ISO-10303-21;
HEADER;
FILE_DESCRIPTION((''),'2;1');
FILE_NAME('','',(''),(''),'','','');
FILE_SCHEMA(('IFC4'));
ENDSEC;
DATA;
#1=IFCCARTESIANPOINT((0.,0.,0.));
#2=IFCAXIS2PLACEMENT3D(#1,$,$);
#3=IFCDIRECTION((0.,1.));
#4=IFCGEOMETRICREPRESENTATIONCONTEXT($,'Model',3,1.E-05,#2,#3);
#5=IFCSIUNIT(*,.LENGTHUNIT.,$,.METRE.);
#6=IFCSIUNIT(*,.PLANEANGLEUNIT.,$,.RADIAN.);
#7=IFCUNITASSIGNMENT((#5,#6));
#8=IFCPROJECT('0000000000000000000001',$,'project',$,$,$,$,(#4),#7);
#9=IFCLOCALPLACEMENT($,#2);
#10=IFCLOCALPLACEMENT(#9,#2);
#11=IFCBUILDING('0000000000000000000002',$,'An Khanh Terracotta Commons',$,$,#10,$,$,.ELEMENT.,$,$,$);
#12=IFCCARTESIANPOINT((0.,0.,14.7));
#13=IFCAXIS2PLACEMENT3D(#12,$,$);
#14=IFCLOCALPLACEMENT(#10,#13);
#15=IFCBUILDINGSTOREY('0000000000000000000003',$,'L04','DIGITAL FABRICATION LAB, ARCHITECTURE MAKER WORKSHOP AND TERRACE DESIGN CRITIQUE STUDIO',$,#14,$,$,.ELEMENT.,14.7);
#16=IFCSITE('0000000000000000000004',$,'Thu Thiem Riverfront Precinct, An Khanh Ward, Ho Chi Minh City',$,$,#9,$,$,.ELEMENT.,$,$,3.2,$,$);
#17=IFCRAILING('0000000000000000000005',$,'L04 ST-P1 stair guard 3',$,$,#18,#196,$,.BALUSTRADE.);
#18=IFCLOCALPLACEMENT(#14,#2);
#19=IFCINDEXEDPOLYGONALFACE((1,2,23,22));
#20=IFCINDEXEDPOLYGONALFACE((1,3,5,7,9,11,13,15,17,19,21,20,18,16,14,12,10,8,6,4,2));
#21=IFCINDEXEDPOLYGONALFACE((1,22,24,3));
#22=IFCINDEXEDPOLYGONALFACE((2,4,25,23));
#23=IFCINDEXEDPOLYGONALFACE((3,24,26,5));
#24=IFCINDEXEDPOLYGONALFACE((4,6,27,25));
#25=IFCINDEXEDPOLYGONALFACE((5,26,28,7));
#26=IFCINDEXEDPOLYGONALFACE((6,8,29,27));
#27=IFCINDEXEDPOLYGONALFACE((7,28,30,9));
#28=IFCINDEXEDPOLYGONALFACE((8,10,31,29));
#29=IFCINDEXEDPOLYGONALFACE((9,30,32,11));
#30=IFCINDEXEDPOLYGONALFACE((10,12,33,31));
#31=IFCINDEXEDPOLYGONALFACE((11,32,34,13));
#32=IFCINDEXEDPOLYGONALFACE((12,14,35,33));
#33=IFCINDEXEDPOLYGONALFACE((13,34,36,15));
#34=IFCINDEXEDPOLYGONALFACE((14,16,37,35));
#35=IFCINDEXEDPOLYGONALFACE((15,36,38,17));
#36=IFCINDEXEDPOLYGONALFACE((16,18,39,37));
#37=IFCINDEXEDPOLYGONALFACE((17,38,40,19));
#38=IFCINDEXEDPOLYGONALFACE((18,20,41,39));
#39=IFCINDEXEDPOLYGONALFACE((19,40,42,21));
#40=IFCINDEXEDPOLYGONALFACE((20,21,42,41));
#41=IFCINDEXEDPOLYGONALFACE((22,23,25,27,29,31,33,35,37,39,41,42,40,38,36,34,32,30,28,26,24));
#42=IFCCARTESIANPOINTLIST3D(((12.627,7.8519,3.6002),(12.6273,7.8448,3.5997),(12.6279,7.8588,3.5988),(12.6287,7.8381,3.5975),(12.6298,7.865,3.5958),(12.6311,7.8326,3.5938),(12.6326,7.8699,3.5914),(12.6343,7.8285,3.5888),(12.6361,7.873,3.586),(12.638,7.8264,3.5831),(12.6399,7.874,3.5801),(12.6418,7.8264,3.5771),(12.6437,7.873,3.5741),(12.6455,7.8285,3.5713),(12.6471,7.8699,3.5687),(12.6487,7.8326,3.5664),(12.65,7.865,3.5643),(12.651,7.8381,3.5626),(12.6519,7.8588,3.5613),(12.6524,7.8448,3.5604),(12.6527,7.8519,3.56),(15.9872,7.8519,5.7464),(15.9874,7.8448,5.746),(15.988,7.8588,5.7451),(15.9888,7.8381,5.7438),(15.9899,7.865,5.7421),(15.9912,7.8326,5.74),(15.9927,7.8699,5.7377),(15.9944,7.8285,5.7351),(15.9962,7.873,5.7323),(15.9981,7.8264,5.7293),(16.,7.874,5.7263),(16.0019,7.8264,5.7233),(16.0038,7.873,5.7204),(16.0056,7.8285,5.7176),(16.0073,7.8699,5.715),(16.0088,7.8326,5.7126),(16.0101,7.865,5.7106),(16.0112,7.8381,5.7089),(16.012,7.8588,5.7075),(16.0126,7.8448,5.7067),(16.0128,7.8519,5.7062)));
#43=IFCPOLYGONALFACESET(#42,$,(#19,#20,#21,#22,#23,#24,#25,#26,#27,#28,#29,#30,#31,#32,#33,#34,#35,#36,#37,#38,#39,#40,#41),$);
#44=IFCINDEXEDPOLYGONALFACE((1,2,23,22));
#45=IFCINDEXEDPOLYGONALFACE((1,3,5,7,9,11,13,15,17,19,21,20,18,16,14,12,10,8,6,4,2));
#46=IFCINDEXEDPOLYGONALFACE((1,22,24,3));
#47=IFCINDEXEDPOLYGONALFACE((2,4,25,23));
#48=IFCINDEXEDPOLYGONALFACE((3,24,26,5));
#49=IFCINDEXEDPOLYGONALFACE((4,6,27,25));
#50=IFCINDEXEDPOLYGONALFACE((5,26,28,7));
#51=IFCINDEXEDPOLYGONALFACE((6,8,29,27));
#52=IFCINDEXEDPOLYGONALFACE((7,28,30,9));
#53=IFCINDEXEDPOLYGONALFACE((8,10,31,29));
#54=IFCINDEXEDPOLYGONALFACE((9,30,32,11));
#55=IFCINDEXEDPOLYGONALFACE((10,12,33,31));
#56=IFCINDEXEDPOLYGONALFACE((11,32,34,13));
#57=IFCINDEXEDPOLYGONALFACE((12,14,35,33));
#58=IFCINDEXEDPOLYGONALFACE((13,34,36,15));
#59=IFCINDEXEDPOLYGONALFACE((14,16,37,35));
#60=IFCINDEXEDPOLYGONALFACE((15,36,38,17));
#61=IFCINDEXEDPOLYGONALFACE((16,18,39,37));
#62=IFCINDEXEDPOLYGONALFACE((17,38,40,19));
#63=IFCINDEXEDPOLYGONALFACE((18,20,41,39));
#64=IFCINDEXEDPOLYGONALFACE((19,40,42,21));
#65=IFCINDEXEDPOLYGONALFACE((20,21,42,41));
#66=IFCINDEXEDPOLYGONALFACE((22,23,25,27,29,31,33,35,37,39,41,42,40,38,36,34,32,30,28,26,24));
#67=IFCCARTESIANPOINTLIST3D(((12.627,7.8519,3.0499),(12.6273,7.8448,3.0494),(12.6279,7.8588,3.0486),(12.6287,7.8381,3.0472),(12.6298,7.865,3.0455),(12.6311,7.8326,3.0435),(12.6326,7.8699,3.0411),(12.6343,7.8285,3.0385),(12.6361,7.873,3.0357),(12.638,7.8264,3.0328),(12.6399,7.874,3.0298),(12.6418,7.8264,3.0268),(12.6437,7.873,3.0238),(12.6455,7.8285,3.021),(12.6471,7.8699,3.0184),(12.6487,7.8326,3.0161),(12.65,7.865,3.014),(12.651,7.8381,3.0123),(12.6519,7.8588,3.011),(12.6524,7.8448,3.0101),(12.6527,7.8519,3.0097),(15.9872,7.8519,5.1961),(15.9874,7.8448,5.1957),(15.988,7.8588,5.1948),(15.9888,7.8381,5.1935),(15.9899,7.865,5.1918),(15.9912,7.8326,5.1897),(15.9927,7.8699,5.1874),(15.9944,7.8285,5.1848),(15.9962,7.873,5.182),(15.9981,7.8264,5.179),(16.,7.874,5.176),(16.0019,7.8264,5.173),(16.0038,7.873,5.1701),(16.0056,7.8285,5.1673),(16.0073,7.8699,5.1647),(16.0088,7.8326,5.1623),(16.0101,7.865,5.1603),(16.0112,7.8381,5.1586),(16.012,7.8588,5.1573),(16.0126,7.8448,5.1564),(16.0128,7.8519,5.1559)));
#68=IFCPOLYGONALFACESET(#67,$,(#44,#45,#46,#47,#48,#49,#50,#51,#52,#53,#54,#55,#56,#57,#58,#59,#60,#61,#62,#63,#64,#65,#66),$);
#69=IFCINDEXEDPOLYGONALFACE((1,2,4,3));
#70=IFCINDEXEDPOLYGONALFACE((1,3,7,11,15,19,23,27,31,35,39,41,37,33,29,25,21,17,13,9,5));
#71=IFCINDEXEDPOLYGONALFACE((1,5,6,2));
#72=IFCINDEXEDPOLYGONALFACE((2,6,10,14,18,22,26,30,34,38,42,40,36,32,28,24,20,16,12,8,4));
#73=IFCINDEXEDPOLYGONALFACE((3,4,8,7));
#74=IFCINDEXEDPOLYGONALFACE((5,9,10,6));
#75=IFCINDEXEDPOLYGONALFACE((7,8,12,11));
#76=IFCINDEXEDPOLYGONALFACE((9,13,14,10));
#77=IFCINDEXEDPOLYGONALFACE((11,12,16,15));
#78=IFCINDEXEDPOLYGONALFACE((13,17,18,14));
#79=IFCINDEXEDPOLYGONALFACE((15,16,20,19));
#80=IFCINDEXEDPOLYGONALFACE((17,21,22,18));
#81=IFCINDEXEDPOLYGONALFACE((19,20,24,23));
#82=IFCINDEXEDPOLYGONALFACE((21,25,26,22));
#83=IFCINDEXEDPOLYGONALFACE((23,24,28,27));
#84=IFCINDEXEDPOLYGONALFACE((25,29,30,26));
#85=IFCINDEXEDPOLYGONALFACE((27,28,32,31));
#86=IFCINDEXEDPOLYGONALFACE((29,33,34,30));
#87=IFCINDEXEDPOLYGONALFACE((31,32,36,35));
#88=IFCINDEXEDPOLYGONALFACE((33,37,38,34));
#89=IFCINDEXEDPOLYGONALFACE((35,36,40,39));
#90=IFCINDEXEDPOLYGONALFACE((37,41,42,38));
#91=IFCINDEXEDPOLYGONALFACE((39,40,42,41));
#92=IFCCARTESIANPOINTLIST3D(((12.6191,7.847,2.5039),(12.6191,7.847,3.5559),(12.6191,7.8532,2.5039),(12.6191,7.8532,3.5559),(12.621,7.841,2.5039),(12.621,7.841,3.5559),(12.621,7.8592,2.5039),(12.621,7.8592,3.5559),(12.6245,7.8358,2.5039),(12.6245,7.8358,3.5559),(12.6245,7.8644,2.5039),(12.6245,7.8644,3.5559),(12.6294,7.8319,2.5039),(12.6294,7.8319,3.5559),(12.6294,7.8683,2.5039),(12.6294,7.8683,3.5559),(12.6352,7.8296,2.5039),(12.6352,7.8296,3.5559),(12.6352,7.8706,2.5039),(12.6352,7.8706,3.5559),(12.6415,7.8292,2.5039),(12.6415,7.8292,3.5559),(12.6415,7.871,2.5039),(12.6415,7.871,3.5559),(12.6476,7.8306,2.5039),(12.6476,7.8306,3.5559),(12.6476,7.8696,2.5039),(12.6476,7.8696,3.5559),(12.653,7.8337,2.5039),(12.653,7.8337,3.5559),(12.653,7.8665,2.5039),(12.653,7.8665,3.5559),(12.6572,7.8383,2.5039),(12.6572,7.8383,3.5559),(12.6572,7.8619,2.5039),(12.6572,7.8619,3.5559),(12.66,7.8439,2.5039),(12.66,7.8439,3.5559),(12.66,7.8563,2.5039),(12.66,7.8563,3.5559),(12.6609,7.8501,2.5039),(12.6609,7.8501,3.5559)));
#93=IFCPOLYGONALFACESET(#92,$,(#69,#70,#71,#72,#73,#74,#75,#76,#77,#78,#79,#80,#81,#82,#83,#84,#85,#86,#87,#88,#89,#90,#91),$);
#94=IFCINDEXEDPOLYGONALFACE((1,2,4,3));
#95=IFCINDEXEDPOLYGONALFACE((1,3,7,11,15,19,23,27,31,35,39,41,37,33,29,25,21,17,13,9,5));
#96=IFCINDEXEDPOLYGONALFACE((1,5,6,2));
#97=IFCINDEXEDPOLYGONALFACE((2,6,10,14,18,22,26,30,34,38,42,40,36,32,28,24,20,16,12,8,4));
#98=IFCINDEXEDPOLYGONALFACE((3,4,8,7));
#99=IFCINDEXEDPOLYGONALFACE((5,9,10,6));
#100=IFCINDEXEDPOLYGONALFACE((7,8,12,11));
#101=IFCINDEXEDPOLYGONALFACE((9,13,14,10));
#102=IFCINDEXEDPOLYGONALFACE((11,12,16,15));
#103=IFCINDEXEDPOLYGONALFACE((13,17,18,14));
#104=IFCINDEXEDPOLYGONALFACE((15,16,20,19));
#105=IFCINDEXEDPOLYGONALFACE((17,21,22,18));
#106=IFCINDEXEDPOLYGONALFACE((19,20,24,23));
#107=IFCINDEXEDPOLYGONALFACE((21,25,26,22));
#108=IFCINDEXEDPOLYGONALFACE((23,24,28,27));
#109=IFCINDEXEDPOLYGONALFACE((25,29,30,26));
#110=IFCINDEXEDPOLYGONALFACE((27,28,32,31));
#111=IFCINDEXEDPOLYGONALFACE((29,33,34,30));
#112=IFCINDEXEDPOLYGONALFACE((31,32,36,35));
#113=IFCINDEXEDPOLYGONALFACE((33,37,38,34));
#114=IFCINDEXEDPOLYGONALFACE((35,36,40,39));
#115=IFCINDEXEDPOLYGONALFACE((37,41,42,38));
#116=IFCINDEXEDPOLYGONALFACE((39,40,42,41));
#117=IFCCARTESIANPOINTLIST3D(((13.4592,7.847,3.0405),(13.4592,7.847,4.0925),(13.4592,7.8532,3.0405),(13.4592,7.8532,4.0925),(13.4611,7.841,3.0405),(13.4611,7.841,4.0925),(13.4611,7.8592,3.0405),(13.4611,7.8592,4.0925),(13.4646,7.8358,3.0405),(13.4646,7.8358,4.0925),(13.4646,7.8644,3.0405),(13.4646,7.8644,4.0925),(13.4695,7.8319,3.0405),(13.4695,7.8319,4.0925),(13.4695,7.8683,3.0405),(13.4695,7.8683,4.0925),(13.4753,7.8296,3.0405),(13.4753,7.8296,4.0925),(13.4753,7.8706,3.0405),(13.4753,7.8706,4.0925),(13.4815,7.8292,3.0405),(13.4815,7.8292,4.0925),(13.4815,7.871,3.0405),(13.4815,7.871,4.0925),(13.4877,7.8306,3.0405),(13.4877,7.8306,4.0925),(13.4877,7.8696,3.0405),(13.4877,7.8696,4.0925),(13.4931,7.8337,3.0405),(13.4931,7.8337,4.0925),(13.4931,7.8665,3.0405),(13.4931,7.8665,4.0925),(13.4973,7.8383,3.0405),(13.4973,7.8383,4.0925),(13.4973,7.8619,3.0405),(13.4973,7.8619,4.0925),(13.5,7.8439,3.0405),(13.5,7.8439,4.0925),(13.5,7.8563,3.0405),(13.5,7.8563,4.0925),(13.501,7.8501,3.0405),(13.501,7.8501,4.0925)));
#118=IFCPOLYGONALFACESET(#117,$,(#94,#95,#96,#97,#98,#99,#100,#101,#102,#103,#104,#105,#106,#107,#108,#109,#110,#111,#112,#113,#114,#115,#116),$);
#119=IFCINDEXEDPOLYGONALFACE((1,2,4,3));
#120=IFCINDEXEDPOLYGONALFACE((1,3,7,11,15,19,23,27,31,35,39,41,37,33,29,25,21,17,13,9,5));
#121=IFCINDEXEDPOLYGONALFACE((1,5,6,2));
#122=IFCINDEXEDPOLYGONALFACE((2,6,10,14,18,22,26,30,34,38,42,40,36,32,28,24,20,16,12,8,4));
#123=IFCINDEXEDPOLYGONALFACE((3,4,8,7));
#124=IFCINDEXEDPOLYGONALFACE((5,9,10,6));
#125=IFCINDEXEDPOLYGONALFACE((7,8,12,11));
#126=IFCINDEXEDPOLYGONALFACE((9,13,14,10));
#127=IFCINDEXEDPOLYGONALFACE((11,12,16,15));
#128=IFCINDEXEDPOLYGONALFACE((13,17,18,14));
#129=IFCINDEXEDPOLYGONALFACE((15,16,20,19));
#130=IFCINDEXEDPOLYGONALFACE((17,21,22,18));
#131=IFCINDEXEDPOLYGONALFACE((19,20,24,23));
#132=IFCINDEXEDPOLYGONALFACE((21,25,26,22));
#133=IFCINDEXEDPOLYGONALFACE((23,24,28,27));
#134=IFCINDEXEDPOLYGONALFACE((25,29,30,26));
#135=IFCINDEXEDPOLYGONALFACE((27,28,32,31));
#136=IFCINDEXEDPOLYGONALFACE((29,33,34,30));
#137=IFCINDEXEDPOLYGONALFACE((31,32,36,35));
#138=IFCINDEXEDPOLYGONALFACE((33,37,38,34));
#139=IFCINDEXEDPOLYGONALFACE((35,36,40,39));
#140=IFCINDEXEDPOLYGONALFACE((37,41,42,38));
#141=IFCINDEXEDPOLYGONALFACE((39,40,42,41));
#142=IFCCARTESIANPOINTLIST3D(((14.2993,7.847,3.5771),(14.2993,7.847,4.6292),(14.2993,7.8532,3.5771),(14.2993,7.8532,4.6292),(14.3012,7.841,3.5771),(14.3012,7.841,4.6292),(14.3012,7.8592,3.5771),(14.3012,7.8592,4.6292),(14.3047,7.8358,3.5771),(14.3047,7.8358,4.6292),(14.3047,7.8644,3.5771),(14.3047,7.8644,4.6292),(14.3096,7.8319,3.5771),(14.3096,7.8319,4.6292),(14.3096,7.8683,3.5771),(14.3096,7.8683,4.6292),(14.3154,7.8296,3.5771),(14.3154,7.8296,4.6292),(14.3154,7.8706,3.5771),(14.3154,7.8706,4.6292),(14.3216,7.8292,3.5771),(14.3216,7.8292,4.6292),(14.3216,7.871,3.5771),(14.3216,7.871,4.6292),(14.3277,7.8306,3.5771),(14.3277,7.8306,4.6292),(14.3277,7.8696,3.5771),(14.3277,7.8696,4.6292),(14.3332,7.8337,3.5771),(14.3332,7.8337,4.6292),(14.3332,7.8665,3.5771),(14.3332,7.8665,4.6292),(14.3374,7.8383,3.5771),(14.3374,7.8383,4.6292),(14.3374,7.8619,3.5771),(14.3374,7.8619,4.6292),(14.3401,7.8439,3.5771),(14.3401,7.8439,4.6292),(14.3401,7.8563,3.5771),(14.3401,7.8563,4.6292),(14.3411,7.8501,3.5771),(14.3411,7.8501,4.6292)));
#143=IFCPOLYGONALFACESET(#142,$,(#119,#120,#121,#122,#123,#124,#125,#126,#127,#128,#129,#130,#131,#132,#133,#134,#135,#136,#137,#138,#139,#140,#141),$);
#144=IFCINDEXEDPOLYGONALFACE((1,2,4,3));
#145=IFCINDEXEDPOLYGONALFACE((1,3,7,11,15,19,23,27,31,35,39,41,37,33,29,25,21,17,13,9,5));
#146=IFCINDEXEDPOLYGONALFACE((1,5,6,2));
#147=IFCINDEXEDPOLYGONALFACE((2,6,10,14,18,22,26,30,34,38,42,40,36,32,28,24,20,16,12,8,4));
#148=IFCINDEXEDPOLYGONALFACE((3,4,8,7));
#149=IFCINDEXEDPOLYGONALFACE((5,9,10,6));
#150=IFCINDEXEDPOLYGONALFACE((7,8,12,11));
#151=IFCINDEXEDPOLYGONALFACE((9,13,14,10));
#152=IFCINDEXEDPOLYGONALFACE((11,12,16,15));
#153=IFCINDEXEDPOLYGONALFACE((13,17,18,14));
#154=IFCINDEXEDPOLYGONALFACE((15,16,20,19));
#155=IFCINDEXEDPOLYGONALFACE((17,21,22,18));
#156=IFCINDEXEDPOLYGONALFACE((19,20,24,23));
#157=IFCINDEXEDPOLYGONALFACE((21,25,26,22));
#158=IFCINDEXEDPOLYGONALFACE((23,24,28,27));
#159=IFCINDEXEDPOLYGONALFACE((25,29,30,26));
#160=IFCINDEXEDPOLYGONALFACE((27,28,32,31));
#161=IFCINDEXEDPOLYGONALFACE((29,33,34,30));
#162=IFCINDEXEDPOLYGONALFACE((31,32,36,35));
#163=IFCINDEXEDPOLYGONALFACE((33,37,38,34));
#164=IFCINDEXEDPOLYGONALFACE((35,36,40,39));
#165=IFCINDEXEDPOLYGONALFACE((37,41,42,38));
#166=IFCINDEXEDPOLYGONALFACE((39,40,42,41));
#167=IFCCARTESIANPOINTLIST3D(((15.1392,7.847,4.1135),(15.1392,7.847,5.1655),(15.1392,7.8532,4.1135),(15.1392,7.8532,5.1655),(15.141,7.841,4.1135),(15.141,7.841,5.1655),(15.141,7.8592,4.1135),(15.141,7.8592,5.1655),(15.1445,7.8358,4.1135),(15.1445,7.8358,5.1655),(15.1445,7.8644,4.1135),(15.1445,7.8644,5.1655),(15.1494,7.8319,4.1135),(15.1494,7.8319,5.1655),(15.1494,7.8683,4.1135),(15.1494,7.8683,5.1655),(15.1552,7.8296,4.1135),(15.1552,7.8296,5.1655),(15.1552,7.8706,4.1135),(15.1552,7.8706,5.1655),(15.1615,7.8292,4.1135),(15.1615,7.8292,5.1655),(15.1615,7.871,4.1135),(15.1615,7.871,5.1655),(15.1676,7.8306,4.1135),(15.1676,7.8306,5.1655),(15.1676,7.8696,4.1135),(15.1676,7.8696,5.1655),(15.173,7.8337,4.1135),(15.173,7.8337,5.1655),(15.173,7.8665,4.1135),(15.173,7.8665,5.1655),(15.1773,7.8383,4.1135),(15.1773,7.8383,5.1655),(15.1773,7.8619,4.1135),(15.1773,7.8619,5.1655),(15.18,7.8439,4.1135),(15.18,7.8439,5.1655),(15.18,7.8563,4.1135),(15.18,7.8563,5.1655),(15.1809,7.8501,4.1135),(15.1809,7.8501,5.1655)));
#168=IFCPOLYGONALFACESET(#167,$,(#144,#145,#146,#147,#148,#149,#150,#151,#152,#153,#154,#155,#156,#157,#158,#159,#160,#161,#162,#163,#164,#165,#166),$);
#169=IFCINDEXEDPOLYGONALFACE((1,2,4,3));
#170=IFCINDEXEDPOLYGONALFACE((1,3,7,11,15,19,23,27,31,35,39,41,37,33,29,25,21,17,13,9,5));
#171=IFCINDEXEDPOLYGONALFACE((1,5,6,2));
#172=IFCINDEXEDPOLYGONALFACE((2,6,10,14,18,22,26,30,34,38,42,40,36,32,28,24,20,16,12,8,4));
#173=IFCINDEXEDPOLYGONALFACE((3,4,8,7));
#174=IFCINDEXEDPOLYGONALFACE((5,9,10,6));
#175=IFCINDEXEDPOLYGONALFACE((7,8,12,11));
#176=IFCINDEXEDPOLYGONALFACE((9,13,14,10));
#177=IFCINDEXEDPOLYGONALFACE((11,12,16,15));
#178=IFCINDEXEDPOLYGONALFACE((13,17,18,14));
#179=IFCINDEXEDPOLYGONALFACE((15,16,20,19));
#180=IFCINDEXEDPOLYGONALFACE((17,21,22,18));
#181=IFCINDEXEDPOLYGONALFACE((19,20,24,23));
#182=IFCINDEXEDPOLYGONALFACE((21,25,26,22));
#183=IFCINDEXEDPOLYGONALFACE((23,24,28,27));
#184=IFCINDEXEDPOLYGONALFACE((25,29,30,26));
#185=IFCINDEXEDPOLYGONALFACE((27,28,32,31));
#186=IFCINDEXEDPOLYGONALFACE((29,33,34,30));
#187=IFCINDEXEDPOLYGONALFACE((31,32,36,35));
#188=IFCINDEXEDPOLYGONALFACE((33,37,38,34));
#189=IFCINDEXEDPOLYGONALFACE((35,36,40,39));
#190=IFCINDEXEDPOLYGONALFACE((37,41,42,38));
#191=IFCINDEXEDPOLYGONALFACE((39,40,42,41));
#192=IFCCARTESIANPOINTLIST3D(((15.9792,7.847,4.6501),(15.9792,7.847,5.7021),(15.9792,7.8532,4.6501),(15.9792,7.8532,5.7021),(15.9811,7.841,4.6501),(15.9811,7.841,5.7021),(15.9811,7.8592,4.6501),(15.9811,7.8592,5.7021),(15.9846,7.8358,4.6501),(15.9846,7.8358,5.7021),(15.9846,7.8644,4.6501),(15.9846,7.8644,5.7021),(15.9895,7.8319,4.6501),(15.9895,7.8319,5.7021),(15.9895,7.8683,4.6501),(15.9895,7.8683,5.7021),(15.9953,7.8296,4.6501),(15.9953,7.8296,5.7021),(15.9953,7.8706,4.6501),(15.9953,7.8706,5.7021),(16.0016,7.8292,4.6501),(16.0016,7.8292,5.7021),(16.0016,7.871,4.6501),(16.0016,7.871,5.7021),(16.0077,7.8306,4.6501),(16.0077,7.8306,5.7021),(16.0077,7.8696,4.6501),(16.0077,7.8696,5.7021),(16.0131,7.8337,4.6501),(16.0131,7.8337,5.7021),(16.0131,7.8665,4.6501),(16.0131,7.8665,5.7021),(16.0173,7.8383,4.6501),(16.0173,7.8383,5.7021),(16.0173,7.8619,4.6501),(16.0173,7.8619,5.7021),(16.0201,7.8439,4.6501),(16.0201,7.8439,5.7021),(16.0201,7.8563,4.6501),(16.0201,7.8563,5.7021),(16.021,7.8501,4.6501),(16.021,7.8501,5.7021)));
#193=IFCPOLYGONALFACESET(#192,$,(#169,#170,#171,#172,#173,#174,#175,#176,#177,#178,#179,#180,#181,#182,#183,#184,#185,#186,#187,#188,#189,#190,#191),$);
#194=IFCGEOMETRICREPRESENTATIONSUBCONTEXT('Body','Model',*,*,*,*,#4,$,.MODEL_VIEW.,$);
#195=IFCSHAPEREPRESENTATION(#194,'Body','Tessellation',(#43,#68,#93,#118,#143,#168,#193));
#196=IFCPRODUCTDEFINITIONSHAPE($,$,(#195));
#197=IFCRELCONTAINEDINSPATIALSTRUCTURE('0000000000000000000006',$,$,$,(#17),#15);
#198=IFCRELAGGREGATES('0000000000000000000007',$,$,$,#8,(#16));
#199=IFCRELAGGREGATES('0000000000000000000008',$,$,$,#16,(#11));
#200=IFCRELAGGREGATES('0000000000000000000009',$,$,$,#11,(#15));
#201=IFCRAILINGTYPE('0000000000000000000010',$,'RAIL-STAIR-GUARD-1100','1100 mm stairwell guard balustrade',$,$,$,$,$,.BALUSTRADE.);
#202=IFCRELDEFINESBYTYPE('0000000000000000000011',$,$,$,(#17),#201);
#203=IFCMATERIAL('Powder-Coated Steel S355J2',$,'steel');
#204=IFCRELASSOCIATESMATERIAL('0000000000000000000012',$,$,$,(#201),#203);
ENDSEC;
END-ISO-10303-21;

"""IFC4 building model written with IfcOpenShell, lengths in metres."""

from ifc_helpers import new_model, si_unit, direction, frame, origin, origin_2d, place, context, subcontext, project, spatial, circle, extrude, material, type_object, element, save


model = new_model("IFC4")

# Units and contexts
model_context = context("Model", 3, precision=1e-05, world=origin(), true_north=direction((0.0, 1.0)))
body_context = subcontext(model_context, "Body", "Model", "MODEL_VIEW")
ifc_project = project(units=[si_unit("LENGTHUNIT", "METRE"), si_unit("PLANEANGLEUNIT", "RADIAN")], contexts=[model_context])

# Site, building, storey
site_placement = place(None, origin())
site = spatial("IfcSite", under=ifc_project, at=site_placement, Name="Thu Thiem Riverfront Precinct, An Khanh Ward, Ho Chi Minh City", CompositionType="ELEMENT", RefElevation=3.2)
building_placement = place(site_placement, origin())
building = spatial("IfcBuilding", under=site, at=building_placement, Name="An Khanh Terracotta Commons", CompositionType="ELEMENT")
storey_placement = place(building_placement, frame((0.0, 0.0, 14.7)))
storey = spatial("IfcBuildingStorey", under=building, at=storey_placement, Name="L04", Description="DIGITAL FABRICATION LAB, ARCHITECTURE MAKER WORKSHOP AND TERRACE DESIGN CRITIQUE STUDIO", CompositionType="ELEMENT", Elevation=14.7)

# Railing
ifc_material_1 = material(Name="Powder-Coated Steel S355J2", Category="steel")
railing_type_1 = type_object("IfcRailingType", Name="RAIL-STAIR-GUARD-1100", Description="1100 mm stairwell guard balustrade", PredefinedType="BALUSTRADE", material=ifc_material_1)
railing_1_placement = place(storey_placement, frame((12.6399, 7.8501, 2.5039)))
element("IfcRailing", 1, at=railing_1_placement, inside=storey, type_object=railing_type_1, Name="L04 ST-P1 stair guard 3", PredefinedType="BALUSTRADE", context=body_context, shape_type="SweptSolid", body=[
    extrude(circle(Radius=0.0239, at=origin_2d()), frame((0.0, 0.0, 1.0762), z_axis=(0.842753, 0.0, 0.538301), x_axis=(0.0, 1.0, 0.0)), (0.0, 0.0, 1.0), 3.9871),
    extrude(circle(Radius=0.0239, at=origin_2d()), frame((0.0, 0.0, 0.5259), z_axis=(0.842753, 0.0, 0.538301), x_axis=(0.0, 1.0, 0.0)), (0.0, 0.0, 1.0), 3.9871),
    extrude(circle(Radius=0.021, at=origin_2d()), origin(), (0.0, 0.0, 1.0), 1.052),
    extrude(circle(Radius=0.021, at=origin_2d()), frame((0.8401, 0.0, 0.5366)), (0.0, 0.0, 1.0), 1.052),
    extrude(circle(Radius=0.021, at=origin_2d()), frame((1.6802, 0.0, 1.0732)), (0.0, 0.0, 1.0), 1.052),
    extrude(circle(Radius=0.021, at=origin_2d()), frame((2.52, 0.0, 1.6096)), (0.0, 0.0, 1.0), 1.052),
    extrude(circle(Radius=0.021, at=origin_2d()), frame((3.3601, 0.0, 2.1462)), (0.0, 0.0, 1.0), 1.052),
])

save(model, "model.ifc")
